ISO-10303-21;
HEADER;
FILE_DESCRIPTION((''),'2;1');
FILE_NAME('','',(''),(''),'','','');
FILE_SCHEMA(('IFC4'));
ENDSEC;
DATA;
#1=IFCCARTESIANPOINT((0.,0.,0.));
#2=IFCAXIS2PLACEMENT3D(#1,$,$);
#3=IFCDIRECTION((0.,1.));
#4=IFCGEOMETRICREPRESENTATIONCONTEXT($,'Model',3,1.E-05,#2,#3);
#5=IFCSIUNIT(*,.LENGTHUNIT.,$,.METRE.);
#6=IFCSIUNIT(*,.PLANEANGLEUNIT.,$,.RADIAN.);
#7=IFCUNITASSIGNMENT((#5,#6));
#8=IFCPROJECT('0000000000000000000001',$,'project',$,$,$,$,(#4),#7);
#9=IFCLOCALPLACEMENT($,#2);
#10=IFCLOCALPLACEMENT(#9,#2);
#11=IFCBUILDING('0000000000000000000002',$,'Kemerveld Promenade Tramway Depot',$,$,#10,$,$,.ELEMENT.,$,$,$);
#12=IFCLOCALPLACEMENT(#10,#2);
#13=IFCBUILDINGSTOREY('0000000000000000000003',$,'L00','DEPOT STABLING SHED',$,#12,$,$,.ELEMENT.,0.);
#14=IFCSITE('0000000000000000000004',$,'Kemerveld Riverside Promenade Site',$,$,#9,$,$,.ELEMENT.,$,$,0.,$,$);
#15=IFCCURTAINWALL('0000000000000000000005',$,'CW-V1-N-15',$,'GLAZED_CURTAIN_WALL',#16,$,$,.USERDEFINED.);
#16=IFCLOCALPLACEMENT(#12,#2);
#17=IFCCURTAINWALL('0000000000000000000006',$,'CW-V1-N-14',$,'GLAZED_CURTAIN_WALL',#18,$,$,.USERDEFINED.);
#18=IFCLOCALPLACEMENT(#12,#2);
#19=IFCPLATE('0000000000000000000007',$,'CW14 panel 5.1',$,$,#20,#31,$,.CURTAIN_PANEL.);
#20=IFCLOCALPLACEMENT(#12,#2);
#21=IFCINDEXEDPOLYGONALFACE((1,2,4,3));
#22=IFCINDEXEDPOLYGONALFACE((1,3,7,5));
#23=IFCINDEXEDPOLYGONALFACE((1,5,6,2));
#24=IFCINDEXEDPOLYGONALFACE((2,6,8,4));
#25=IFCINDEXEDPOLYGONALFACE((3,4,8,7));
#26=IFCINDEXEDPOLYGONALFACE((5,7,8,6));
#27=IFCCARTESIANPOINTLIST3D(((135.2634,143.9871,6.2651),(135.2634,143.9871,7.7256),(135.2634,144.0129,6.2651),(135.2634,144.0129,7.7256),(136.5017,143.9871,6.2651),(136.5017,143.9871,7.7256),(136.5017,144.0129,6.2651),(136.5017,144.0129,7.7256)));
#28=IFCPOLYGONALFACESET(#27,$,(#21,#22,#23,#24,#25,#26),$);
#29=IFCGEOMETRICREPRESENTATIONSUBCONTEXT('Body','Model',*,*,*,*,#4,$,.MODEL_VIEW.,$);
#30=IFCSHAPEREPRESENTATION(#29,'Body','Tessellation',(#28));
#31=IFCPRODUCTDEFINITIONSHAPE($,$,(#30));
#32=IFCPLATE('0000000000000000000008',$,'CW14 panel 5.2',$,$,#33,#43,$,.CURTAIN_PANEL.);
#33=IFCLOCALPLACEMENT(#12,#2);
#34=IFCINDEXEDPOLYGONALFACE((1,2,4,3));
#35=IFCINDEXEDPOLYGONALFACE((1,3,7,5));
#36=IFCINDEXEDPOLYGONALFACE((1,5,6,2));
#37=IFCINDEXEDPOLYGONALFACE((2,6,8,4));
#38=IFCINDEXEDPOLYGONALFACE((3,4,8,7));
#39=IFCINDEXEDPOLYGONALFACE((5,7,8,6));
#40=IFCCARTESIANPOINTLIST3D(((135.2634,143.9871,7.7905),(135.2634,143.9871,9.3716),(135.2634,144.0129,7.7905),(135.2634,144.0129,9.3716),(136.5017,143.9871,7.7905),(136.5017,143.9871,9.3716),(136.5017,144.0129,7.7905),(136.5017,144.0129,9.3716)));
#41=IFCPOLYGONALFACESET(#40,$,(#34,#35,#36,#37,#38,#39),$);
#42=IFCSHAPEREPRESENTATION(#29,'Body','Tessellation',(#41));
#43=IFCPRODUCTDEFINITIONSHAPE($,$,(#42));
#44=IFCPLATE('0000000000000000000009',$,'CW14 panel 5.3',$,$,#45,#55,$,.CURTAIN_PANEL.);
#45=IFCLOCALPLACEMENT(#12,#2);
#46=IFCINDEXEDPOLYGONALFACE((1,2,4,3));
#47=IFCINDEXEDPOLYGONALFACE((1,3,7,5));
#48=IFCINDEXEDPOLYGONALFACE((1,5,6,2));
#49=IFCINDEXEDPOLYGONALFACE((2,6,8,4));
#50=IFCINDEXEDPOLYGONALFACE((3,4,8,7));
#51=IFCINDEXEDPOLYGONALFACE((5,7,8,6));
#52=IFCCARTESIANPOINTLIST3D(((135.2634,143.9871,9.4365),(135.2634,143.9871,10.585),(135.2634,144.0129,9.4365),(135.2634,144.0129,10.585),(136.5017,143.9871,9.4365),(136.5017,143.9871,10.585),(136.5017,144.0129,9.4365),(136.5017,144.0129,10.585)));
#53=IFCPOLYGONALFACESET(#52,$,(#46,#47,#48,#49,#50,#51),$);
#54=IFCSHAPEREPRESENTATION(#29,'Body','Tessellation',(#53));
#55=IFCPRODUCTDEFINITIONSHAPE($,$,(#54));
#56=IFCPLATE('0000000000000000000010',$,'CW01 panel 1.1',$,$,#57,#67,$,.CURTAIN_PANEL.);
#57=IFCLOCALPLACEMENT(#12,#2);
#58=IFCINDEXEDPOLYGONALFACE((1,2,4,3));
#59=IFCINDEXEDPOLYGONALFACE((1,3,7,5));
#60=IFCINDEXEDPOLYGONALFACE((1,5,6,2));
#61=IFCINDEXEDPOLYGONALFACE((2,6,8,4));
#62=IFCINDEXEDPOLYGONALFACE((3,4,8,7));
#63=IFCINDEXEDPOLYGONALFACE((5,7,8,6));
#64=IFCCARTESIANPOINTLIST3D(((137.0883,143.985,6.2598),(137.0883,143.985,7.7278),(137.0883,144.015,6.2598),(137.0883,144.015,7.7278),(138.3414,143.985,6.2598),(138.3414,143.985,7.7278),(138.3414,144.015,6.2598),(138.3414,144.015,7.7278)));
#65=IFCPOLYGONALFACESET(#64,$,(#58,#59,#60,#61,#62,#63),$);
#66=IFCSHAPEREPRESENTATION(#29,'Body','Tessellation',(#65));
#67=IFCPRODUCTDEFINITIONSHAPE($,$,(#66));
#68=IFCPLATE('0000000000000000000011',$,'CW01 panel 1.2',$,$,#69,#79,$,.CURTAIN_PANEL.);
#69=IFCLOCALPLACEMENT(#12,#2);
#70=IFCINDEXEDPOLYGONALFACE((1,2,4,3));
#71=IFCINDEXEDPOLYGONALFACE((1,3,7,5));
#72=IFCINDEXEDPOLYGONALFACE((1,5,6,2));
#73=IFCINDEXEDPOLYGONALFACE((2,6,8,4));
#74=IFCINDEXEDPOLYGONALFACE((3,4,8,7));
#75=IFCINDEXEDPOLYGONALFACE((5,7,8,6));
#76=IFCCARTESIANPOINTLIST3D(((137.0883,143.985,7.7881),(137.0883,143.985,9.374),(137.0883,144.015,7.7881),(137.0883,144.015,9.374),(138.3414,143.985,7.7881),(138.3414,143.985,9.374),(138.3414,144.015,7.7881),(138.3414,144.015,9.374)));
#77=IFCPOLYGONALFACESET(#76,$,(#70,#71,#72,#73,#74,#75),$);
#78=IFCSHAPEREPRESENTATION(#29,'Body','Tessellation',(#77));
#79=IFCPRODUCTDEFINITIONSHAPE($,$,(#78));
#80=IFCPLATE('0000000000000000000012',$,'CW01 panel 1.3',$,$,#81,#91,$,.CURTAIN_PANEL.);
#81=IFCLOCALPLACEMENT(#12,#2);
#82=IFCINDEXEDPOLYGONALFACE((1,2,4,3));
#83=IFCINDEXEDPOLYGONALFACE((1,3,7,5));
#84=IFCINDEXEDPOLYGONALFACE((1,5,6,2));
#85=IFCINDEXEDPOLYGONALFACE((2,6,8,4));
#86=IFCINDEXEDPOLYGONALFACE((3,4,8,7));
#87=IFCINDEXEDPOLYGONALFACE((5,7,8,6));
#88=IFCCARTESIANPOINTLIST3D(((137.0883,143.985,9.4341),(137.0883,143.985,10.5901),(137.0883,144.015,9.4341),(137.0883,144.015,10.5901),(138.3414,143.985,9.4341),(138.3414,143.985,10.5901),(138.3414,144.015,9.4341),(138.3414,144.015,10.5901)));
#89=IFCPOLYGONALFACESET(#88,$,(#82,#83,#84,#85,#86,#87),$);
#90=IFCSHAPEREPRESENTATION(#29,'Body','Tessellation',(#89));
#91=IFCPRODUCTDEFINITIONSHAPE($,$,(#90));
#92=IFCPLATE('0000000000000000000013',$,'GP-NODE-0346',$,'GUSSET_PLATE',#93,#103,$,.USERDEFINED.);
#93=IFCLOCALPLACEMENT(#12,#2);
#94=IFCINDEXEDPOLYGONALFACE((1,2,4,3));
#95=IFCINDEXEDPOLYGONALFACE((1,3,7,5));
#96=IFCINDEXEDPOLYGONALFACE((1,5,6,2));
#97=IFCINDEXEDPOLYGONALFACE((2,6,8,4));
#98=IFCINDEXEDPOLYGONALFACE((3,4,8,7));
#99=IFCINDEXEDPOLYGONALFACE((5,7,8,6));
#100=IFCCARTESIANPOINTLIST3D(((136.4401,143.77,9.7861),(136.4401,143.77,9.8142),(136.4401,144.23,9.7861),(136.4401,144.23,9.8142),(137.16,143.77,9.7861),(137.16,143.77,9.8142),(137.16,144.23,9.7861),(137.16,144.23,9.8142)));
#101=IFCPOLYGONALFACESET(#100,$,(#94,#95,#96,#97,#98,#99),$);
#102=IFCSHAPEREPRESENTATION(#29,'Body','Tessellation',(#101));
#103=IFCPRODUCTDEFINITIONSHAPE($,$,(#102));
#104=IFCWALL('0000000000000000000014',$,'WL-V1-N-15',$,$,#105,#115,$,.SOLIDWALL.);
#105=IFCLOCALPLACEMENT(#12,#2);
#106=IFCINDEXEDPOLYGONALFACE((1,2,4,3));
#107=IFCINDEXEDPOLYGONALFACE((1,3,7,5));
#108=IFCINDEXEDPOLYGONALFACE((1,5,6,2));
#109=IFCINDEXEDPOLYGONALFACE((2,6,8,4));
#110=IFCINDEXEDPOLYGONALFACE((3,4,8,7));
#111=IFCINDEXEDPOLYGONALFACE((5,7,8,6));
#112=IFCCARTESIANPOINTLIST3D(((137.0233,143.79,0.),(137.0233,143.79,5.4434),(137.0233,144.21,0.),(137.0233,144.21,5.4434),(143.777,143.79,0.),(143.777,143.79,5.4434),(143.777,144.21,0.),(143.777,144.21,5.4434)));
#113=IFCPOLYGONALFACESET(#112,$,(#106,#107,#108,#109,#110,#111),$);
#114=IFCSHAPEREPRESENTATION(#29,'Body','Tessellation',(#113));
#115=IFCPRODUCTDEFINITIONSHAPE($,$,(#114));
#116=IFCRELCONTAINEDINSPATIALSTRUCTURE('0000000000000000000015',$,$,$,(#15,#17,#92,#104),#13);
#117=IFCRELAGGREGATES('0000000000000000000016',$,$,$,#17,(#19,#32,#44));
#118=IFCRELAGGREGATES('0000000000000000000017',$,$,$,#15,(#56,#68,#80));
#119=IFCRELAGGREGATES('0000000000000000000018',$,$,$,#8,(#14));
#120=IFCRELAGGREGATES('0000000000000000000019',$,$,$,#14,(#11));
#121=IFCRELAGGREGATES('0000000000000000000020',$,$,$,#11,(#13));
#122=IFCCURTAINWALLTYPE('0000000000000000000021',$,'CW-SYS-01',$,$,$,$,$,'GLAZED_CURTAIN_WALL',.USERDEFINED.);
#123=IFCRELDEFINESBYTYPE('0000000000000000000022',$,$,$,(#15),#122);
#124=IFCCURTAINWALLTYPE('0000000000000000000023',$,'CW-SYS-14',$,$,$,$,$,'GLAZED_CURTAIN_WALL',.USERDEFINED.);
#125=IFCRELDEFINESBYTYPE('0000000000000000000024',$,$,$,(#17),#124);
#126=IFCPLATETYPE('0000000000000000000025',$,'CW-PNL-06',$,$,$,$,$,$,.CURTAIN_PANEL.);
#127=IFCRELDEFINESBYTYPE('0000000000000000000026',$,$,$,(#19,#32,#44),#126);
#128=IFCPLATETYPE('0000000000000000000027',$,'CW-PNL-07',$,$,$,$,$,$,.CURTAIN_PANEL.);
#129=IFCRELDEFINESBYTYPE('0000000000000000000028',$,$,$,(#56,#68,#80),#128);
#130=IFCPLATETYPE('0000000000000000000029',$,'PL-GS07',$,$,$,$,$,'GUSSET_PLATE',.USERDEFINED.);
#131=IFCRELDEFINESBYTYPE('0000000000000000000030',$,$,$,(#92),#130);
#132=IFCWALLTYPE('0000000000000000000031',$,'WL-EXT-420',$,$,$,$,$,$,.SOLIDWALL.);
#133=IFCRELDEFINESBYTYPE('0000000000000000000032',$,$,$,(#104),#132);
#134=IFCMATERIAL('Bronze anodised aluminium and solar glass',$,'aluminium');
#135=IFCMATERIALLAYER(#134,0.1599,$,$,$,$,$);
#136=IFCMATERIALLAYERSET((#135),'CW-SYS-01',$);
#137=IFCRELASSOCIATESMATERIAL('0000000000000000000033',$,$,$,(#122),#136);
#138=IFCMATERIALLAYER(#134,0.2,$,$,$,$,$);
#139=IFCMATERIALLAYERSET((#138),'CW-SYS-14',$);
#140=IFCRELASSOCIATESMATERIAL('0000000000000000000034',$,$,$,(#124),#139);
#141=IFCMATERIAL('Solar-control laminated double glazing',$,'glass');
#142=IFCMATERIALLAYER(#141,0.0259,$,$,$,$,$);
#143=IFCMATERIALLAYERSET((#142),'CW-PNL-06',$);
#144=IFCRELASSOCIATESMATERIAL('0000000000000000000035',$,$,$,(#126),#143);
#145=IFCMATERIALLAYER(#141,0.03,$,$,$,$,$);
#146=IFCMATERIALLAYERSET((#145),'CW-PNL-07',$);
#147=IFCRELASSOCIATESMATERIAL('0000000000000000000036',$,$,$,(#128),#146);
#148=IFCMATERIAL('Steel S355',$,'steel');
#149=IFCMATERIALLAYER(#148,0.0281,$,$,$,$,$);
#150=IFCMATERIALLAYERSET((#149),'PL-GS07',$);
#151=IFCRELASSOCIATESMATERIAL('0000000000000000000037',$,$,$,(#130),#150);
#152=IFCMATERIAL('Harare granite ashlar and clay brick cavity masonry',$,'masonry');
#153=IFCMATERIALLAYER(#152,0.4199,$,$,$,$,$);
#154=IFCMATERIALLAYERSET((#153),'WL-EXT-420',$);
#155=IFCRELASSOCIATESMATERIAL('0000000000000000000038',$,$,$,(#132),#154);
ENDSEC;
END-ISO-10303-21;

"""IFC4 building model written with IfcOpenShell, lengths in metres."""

from ifc_helpers import new_model, si_unit, direction, frame, frame_2d, origin, origin_2d, place, context, subcontext, project, spatial, rectangle, extrude, material, layer, layer_set, type_object, element, aggregate, save


model = new_model("IFC4")

# Units and contexts
model_context = context("Model", 3, precision=1e-05, world=origin(), true_north=direction((0.0, 1.0)))
body_context = subcontext(model_context, "Body", "Model", "MODEL_VIEW")
ifc_project = project(units=[si_unit("LENGTHUNIT", "METRE"), si_unit("PLANEANGLEUNIT", "RADIAN")], contexts=[model_context])

# Site, building, storey
site_placement = place(None, origin())
site = spatial("IfcSite", under=ifc_project, at=site_placement, Name="Kemerveld Riverside Promenade Site", CompositionType="ELEMENT", RefElevation=0.0)
building_placement = place(site_placement, origin())
building = spatial("IfcBuilding", under=site, at=building_placement, Name="Kemerveld Promenade Tramway Depot", CompositionType="ELEMENT")
storey_placement = place(building_placement, origin())
storey = spatial("IfcBuildingStorey", under=building, at=storey_placement, Name="L00", Description="DEPOT STABLING SHED", CompositionType="ELEMENT", Elevation=0.0)

# Shared definitions
ifc_material_1 = material(Name="Steel S355", Category="steel")

# Curtain wall
ifc_material_2 = material(Name="Bronze anodised aluminium and solar glass", Category="aluminium")
ifc_layer_1 = layer(ifc_material_2, 0.1599)
ifc_layer_set_1 = layer_set([ifc_layer_1], Name="CW-SYS-01")
curtain_wall_type_1 = type_object("IfcCurtainWallType", Name="CW-SYS-01", ElementType="GLAZED_CURTAIN_WALL", PredefinedType="USERDEFINED", material=ifc_layer_set_1)
curtain_wall_1_placement = place(storey_placement, origin())
curtain_wall_1 = element("IfcCurtainWall", 1, at=curtain_wall_1_placement, inside=storey, type_object=curtain_wall_type_1, Name="CW-V1-N-15", ObjectType="GLAZED_CURTAIN_WALL", PredefinedType="USERDEFINED")

# Curtain wall
ifc_layer_2 = layer(ifc_material_2, 0.2)
ifc_layer_set_2 = layer_set([ifc_layer_2], Name="CW-SYS-14")
curtain_wall_type_2 = type_object("IfcCurtainWallType", Name="CW-SYS-14", ElementType="GLAZED_CURTAIN_WALL", PredefinedType="USERDEFINED", material=ifc_layer_set_2)
curtain_wall_2_placement = place(storey_placement, origin())
curtain_wall_2 = element("IfcCurtainWall", 2, at=curtain_wall_2_placement, inside=storey, type_object=curtain_wall_type_2, Name="CW-V1-N-14", ObjectType="GLAZED_CURTAIN_WALL", PredefinedType="USERDEFINED")

# Plates
ifc_material_3 = material(Name="Solar-control laminated double glazing", Category="glass")
ifc_layer_3 = layer(ifc_material_3, 0.0259)
ifc_layer_set_3 = layer_set([ifc_layer_3], Name="CW-PNL-06")
plate_type_1 = type_object("IfcPlateType", Name="CW-PNL-06", PredefinedType="CURTAIN_PANEL", material=ifc_layer_set_3)
plate_1_placement = place(storey_placement, frame((135.8826, 144.0, 6.2651), z_axis=(0.0, 0.0, 1.0), x_axis=(1.0, 0.0, 0.0)))
plate_1 = element("IfcPlate", 3, at=plate_1_placement, type_object=plate_type_1, Name="CW14 panel 5.1", PredefinedType="CURTAIN_PANEL", context=body_context, shape_type="SweptSolid", body=[
    extrude(rectangle(XDim=1.2383, YDim=0.0259, at=origin_2d()), origin(), (0.0, 0.0, 1.0), 1.4604),
])
plate_2_placement = place(storey_placement, frame((135.8826, 144.0, 7.7905), z_axis=(0.0, 0.0, 1.0), x_axis=(1.0, 0.0, 0.0)))
plate_2 = element("IfcPlate", 4, at=plate_2_placement, type_object=plate_type_1, Name="CW14 panel 5.2", PredefinedType="CURTAIN_PANEL", context=body_context, shape_type="SweptSolid", body=[
    extrude(rectangle(XDim=1.2383, YDim=0.0259, at=origin_2d()), origin(), (0.0, 0.0, 1.0), 1.5811),
])
plate_3_placement = place(storey_placement, frame((135.8826, 144.0, 9.4365), z_axis=(0.0, 0.0, 1.0), x_axis=(1.0, 0.0, 0.0)))
plate_3 = element("IfcPlate", 5, at=plate_3_placement, type_object=plate_type_1, Name="CW14 panel 5.3", PredefinedType="CURTAIN_PANEL", context=body_context, shape_type="SweptSolid", body=[
    extrude(rectangle(XDim=1.2383, YDim=0.0259, at=origin_2d()), origin(), (0.0, 0.0, 1.0), 1.1484),
])
aggregate(curtain_wall_2, [plate_1, plate_2, plate_3])
ifc_layer_4 = layer(ifc_material_3, 0.03)
ifc_layer_set_4 = layer_set([ifc_layer_4], Name="CW-PNL-07")
plate_type_2 = type_object("IfcPlateType", Name="CW-PNL-07", PredefinedType="CURTAIN_PANEL", material=ifc_layer_set_4)
plate_4_placement = place(storey_placement, frame((137.7148, 144.0, 6.2598), z_axis=(0.0, 0.0, 1.0), x_axis=(1.0, 0.0, 0.0)))
plate_4 = element("IfcPlate", 6, at=plate_4_placement, type_object=plate_type_2, Name="CW01 panel 1.1", PredefinedType="CURTAIN_PANEL", context=body_context, shape_type="SweptSolid", body=[
    extrude(rectangle(XDim=1.2532, YDim=0.03, at=origin_2d()), origin(), (0.0, 0.0, 1.0), 1.468),
])
plate_5_placement = place(storey_placement, frame((137.7148, 144.0, 7.7881), z_axis=(0.0, 0.0, 1.0), x_axis=(1.0, 0.0, 0.0)))
plate_5 = element("IfcPlate", 7, at=plate_5_placement, type_object=plate_type_2, Name="CW01 panel 1.2", PredefinedType="CURTAIN_PANEL", context=body_context, shape_type="SweptSolid", body=[
    extrude(rectangle(XDim=1.2532, YDim=0.03, at=origin_2d()), origin(), (0.0, 0.0, 1.0), 1.5859),
])
plate_6_placement = place(storey_placement, frame((137.7148, 144.0, 9.4341), z_axis=(0.0, 0.0, 1.0), x_axis=(1.0, 0.0, 0.0)))
plate_6 = element("IfcPlate", 8, at=plate_6_placement, type_object=plate_type_2, Name="CW01 panel 1.3", PredefinedType="CURTAIN_PANEL", context=body_context, shape_type="SweptSolid", body=[
    extrude(rectangle(XDim=1.2532, YDim=0.03, at=origin_2d()), origin(), (0.0, 0.0, 1.0), 1.156),
])
aggregate(curtain_wall_1, [plate_4, plate_5, plate_6])
ifc_layer_5 = layer(ifc_material_1, 0.0281)
ifc_layer_set_5 = layer_set([ifc_layer_5], Name="PL-GS07")
plate_type_3 = type_object("IfcPlateType", Name="PL-GS07", ElementType="GUSSET_PLATE", PredefinedType="USERDEFINED", material=ifc_layer_set_5)
plate_7_placement = place(storey_placement, frame((136.8, 144.0, 9.7861), z_axis=(0.0, 0.0, 1.0), x_axis=(1.0, 0.0, 0.0)))
element("IfcPlate", 9, at=plate_7_placement, inside=storey, type_object=plate_type_3, Name="GP-NODE-0346", ObjectType="GUSSET_PLATE", PredefinedType="USERDEFINED", context=body_context, shape_type="SweptSolid", body=[
    extrude(rectangle(XDim=0.72, YDim=0.46, at=origin_2d()), origin(), (0.0, 0.0, 1.0), 0.0281),
])

# Wall
ifc_material_4 = material(Name="Harare granite ashlar and clay brick cavity masonry", Category="masonry")
ifc_layer_6 = layer(ifc_material_4, 0.4199)
ifc_layer_set_6 = layer_set([ifc_layer_6], Name="WL-EXT-420")
wall_type = type_object("IfcWallType", Name="WL-EXT-420", PredefinedType="SOLIDWALL", material=ifc_layer_set_6)
wall_placement = place(storey_placement, frame((137.0232, 144.0, 0.0), z_axis=(0.0, 0.0, 1.0), x_axis=(1.0, 0.0, 0.0)))
element("IfcWall", 10, at=wall_placement, inside=storey, type_object=wall_type, Name="WL-V1-N-15", PredefinedType="SOLIDWALL", context=body_context, shape_type="SweptSolid", body=[
    extrude(rectangle(XDim=6.7537, YDim=0.4199, at=frame_2d((3.377, 0.0))), origin(), (0.0, 0.0, 1.0), 5.4434),
])

save(model, "model.ifc")
